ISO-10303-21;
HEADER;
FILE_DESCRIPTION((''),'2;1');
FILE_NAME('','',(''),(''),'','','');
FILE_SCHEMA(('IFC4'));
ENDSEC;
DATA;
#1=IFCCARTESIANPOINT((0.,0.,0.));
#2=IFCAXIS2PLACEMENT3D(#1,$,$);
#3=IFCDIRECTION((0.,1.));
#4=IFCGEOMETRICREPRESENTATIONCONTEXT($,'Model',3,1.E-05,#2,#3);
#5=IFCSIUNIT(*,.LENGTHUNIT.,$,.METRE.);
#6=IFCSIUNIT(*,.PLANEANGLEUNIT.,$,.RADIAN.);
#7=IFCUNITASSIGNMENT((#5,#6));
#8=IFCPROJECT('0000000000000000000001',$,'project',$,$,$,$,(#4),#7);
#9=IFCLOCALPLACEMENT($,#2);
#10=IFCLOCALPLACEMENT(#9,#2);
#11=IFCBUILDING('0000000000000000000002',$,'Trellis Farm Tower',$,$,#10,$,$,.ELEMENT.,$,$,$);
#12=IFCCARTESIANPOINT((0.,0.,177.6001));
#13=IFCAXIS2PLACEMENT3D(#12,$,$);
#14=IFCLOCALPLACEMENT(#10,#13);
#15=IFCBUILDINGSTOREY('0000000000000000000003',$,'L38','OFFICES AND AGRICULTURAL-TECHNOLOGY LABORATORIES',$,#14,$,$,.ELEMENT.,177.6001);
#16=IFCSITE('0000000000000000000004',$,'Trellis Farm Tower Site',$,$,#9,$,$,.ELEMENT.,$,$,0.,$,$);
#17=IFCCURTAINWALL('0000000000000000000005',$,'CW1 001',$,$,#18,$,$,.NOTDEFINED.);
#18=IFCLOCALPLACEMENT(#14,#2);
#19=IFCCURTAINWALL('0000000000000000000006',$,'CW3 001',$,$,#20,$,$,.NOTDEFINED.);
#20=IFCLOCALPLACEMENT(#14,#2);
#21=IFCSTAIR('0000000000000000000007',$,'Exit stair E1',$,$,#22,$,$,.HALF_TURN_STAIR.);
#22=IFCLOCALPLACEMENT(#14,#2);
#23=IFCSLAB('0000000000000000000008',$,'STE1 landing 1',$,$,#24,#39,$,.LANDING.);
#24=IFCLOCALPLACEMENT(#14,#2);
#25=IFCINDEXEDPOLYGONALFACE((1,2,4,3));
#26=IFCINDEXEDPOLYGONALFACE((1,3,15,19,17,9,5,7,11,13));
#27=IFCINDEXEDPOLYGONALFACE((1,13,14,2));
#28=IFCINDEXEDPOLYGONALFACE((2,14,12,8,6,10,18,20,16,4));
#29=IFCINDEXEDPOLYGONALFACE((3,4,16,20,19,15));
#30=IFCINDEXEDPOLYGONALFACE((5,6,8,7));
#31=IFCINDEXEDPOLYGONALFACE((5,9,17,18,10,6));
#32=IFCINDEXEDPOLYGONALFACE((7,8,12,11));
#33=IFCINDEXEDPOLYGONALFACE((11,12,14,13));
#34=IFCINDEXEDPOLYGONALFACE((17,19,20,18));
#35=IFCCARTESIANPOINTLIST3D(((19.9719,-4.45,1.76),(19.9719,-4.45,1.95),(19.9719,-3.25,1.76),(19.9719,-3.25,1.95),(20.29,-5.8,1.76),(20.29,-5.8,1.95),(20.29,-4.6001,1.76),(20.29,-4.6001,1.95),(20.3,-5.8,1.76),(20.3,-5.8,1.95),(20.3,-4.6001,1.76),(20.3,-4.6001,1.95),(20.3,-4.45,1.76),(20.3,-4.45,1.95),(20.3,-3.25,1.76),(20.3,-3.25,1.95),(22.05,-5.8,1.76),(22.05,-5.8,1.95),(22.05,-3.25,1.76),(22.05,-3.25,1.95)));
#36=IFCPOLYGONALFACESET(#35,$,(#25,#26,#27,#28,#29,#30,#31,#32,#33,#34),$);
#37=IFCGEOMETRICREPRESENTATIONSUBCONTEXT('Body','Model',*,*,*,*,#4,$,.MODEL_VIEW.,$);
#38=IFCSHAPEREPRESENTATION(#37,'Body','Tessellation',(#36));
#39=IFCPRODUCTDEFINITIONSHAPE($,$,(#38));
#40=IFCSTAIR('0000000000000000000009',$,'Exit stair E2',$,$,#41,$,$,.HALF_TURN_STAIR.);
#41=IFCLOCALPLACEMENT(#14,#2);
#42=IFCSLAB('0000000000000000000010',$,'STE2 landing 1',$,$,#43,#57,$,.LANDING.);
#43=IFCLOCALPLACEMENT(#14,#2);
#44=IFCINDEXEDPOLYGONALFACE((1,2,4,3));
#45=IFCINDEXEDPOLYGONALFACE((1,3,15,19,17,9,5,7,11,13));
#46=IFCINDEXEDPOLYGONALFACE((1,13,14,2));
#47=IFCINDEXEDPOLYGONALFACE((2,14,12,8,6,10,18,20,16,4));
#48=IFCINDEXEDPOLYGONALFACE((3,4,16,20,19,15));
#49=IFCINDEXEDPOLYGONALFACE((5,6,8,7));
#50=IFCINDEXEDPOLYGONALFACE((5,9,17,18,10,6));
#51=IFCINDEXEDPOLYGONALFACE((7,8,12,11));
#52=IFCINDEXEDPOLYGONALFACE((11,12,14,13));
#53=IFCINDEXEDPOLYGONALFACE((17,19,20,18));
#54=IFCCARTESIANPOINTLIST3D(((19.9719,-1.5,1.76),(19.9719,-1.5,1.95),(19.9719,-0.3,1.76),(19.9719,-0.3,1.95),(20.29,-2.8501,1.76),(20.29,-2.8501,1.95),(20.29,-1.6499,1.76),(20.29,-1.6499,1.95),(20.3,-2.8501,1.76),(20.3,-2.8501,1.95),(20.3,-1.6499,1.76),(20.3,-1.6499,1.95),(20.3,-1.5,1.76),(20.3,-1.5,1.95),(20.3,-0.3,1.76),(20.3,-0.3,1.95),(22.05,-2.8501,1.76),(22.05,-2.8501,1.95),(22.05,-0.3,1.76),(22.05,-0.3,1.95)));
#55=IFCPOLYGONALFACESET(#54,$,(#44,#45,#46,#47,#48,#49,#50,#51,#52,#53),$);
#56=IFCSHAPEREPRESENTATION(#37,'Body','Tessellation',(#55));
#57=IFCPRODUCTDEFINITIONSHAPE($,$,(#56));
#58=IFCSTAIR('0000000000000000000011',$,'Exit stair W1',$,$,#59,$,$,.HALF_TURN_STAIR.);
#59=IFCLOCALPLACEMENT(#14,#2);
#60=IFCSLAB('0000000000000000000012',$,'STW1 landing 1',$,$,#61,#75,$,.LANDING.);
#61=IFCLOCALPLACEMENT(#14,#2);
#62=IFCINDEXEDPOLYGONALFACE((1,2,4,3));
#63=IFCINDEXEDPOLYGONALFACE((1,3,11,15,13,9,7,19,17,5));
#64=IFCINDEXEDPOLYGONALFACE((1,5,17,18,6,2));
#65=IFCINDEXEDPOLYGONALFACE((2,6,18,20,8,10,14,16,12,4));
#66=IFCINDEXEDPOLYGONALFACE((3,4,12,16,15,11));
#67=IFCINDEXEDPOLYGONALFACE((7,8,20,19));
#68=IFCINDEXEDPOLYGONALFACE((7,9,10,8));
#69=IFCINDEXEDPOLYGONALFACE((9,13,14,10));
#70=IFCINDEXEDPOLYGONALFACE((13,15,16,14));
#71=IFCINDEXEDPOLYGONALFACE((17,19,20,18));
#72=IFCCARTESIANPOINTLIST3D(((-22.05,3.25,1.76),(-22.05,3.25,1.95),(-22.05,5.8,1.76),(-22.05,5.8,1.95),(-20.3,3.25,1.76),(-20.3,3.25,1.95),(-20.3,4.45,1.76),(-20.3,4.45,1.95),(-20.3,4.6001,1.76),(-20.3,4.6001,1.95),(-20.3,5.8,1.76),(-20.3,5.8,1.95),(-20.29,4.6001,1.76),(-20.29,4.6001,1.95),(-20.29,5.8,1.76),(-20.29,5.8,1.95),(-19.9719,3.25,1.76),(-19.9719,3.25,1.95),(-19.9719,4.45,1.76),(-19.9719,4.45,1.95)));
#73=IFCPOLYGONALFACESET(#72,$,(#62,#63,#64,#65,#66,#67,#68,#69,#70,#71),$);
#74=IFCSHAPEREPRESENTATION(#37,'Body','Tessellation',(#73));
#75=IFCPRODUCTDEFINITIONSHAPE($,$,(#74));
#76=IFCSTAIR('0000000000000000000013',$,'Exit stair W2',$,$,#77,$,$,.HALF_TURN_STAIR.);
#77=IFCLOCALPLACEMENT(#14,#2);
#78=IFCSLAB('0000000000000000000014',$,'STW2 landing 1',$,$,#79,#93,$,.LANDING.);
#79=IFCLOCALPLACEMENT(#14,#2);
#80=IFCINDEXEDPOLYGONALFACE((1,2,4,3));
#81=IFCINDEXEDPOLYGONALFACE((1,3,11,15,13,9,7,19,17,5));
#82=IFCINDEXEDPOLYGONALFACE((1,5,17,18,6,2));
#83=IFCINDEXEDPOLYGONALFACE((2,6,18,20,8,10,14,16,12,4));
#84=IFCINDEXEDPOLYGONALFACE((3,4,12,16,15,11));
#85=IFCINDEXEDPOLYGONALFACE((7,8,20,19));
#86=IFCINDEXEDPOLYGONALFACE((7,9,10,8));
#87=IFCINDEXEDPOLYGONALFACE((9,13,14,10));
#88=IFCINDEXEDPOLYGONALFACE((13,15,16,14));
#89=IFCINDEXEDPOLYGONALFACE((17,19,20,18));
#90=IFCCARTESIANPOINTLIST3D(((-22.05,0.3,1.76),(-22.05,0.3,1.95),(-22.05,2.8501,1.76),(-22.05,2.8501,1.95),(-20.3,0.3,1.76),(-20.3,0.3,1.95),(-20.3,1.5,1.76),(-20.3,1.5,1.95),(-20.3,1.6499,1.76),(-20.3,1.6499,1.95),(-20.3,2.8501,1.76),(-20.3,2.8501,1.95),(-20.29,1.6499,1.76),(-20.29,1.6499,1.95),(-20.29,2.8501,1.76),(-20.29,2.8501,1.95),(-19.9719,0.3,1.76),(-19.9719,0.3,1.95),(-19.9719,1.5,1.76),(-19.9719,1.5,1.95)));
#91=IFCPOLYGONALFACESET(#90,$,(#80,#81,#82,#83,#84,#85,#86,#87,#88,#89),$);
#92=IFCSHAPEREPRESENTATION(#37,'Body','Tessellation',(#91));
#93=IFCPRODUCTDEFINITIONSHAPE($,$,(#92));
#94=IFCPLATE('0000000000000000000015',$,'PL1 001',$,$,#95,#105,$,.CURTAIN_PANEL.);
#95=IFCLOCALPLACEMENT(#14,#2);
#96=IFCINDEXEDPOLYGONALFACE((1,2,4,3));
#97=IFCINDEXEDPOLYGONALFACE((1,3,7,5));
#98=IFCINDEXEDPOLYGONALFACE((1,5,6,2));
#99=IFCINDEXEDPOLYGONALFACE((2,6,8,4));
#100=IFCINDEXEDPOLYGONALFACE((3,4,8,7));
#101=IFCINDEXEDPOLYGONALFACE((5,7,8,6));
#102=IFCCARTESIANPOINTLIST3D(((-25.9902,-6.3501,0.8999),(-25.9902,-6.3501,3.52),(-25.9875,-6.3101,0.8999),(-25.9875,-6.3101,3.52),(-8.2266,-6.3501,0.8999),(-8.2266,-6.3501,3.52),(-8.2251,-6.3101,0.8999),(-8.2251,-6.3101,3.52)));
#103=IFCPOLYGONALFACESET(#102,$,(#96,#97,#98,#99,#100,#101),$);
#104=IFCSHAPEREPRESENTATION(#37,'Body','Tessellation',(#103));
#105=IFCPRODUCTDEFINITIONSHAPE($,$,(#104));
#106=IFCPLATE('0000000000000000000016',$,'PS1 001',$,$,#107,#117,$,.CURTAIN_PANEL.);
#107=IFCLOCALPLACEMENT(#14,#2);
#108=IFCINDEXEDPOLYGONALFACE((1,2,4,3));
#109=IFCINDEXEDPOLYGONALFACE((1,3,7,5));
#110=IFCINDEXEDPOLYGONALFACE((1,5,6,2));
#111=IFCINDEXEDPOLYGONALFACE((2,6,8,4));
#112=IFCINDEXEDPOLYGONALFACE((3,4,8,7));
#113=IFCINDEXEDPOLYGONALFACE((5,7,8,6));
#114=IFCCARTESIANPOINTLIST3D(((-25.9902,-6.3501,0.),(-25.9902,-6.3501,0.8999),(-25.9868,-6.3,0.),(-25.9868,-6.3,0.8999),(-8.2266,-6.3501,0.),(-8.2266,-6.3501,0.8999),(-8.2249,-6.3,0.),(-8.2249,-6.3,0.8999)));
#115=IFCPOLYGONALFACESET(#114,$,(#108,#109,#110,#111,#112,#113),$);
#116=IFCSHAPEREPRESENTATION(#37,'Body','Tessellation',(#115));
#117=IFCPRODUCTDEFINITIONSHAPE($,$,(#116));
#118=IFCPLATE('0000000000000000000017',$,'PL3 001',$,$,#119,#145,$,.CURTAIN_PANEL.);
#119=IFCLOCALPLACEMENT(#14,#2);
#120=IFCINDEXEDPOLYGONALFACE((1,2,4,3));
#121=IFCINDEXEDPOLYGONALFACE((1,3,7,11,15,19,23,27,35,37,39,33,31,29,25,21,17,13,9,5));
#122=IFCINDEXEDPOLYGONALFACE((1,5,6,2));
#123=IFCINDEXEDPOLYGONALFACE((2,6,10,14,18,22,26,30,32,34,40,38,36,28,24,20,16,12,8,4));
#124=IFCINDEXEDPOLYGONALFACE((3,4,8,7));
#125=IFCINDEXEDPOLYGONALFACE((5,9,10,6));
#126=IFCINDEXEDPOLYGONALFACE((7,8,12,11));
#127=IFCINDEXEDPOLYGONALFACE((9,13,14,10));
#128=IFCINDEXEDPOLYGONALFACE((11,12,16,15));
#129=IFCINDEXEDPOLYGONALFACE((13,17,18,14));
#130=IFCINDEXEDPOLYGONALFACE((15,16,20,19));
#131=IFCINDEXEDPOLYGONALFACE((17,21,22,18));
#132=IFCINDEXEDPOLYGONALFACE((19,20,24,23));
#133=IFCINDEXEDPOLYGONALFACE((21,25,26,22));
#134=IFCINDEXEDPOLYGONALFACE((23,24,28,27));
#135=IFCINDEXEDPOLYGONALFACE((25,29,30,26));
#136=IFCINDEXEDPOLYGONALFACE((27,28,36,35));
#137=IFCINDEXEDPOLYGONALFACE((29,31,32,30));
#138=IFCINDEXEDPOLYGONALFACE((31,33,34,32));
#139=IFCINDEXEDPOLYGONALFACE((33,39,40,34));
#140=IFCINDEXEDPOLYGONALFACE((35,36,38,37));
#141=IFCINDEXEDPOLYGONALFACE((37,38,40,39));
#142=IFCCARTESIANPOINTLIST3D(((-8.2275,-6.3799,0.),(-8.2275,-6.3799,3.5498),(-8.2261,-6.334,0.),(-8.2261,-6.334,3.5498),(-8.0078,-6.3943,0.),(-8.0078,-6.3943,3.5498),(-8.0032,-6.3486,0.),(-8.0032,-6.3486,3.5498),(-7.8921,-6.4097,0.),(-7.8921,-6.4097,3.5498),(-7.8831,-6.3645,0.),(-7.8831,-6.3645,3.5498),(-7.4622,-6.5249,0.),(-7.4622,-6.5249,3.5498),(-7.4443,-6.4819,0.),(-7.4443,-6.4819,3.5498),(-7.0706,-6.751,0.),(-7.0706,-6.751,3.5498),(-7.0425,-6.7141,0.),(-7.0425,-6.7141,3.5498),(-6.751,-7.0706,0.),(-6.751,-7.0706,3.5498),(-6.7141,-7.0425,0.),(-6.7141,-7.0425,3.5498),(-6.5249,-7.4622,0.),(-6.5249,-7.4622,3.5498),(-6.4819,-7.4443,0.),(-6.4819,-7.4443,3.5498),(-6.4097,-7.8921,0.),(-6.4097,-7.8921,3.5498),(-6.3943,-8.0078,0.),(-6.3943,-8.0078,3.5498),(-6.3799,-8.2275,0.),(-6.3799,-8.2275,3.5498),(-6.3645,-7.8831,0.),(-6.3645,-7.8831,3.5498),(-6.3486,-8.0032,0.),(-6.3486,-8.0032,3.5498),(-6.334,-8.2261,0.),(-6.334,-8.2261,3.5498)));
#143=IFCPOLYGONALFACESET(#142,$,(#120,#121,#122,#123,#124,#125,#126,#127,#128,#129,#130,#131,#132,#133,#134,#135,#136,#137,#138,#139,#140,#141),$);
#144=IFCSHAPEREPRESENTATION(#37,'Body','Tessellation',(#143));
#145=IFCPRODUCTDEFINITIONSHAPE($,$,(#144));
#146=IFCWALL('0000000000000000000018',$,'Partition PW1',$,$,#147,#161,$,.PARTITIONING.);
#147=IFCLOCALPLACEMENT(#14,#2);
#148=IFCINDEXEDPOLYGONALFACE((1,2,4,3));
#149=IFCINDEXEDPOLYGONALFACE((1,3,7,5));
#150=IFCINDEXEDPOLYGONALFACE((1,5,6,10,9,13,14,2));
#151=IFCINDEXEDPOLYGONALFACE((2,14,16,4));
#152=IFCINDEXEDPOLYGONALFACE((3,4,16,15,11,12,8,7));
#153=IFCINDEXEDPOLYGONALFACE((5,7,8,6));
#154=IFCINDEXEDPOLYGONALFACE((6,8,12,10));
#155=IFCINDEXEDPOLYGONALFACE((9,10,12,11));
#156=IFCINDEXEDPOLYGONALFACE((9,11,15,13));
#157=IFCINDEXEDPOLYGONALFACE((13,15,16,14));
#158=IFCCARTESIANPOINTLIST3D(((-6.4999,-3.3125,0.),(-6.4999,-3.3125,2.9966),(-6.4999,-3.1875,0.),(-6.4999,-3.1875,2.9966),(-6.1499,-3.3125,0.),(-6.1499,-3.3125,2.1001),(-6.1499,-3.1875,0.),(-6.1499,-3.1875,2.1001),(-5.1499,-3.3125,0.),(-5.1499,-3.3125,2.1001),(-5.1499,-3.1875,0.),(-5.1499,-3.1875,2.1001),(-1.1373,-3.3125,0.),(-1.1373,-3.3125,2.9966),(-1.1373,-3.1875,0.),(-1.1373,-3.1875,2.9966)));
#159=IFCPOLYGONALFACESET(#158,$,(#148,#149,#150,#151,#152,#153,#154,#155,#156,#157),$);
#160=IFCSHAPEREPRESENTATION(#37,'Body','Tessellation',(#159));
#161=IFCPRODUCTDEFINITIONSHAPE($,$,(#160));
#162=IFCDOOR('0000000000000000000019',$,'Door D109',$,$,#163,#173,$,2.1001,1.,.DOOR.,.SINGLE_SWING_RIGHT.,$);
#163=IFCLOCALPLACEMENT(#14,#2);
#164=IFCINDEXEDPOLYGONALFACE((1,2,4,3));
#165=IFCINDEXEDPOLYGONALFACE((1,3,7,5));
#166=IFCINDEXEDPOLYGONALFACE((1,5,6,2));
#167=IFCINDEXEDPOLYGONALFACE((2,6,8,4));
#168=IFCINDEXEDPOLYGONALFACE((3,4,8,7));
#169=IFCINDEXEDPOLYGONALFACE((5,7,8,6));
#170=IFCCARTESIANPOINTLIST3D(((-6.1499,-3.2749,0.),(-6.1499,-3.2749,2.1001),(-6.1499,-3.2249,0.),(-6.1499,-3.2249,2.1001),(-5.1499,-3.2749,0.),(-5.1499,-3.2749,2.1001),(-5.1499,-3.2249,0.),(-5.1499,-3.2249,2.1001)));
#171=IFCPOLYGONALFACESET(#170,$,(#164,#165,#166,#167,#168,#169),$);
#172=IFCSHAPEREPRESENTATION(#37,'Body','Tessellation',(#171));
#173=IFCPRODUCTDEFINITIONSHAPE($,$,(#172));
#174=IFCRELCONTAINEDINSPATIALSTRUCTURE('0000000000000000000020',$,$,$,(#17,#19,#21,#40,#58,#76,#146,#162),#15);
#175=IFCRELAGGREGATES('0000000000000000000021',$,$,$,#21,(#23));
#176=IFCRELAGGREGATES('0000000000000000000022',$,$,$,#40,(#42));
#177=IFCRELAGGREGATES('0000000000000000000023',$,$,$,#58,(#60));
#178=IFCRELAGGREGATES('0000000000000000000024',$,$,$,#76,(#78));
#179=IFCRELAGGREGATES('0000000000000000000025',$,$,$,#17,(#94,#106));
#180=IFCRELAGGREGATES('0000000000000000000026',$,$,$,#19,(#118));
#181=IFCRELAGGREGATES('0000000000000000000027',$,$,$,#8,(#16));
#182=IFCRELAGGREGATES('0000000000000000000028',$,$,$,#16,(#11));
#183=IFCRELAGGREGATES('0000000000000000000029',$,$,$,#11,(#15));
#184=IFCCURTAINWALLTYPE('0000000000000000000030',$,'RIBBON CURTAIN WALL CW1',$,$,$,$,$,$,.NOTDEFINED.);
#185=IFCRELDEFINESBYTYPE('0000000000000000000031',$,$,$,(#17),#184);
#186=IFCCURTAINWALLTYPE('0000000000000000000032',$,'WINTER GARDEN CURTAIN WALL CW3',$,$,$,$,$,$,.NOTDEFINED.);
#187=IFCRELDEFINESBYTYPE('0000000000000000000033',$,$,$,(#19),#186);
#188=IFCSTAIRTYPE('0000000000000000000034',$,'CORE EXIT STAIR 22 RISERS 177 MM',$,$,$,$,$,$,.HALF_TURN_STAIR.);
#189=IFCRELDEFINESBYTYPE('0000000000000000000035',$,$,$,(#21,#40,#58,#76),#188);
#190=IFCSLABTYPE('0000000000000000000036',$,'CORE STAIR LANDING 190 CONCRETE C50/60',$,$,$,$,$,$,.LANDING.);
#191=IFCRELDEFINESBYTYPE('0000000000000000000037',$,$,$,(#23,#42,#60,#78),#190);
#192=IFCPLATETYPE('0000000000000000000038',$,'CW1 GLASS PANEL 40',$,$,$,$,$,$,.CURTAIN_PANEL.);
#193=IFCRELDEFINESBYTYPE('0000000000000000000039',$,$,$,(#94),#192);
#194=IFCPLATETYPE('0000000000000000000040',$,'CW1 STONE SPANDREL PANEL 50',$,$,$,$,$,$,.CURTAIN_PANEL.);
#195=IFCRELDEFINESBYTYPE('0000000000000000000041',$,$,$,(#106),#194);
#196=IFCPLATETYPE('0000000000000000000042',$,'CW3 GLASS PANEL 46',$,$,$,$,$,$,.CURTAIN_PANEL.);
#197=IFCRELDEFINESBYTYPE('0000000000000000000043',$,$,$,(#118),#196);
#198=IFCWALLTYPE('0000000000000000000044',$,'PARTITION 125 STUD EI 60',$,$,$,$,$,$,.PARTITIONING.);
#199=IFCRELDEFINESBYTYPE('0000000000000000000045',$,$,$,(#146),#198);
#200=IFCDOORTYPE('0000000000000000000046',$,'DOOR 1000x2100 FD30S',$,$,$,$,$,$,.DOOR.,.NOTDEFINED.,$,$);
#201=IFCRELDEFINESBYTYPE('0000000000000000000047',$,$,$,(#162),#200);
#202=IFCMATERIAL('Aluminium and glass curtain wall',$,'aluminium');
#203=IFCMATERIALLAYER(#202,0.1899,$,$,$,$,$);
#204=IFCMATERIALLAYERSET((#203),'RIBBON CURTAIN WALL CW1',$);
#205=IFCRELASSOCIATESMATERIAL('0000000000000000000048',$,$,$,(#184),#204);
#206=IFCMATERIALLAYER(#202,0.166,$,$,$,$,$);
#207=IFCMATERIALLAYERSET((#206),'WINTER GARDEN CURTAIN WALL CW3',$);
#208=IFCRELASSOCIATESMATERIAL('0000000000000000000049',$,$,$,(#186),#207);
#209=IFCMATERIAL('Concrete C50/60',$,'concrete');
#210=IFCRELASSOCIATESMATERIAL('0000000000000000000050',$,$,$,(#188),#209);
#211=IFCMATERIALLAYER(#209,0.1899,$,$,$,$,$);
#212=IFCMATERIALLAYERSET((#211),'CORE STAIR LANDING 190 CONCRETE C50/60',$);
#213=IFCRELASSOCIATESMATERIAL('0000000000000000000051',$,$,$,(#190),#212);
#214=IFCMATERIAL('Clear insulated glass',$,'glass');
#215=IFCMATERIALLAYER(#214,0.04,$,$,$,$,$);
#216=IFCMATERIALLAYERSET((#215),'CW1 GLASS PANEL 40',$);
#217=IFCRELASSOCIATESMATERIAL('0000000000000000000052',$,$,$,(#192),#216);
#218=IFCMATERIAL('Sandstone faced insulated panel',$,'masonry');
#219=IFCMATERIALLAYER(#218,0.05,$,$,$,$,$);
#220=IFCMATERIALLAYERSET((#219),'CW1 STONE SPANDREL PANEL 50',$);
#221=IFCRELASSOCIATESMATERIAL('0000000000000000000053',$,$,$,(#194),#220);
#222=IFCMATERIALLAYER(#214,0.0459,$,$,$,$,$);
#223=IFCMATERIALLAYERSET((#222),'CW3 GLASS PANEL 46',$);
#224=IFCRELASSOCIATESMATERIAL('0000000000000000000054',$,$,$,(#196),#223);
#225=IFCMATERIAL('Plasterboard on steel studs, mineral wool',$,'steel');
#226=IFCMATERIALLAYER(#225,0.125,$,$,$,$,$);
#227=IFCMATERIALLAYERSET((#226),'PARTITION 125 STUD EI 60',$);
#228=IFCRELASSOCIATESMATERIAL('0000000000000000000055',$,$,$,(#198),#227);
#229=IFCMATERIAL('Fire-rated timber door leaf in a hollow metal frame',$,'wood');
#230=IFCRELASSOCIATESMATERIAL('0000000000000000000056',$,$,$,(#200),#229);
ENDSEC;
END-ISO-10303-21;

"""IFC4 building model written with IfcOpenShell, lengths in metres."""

from ifc_helpers import new_model, si_unit, direction, frame, frame_2d, origin, place, context, subcontext, project, spatial, polyline, rectangle, outline, extrude, source, transform, mapped, material, layer, layer_set, type_object, element, fill, aggregate, save


model = new_model("IFC4")

# Units and contexts
model_context = context("Model", 3, precision=1e-05, world=origin(), true_north=direction((0.0, 1.0)))
body_context = subcontext(model_context, "Body", "Model", "MODEL_VIEW")
ifc_project = project(units=[si_unit("LENGTHUNIT", "METRE"), si_unit("PLANEANGLEUNIT", "RADIAN")], contexts=[model_context])

# Site, building, storey
site_placement = place(None, origin())
site = spatial("IfcSite", under=ifc_project, at=site_placement, Name="Trellis Farm Tower Site", CompositionType="ELEMENT", RefElevation=0.0)
building_placement = place(site_placement, origin())
building = spatial("IfcBuilding", under=site, at=building_placement, Name="Trellis Farm Tower", CompositionType="ELEMENT")
storey_placement = place(building_placement, frame((0.0, 0.0, 177.6001)))
storey = spatial("IfcBuildingStorey", under=building, at=storey_placement, Name="L38", Description="OFFICES AND AGRICULTURAL-TECHNOLOGY LABORATORIES", CompositionType="ELEMENT", Elevation=177.6001)

# Curtain walls
ifc_material_1 = material(Name="Aluminium and glass curtain wall", Category="aluminium")
ifc_layer_1 = layer(ifc_material_1, 0.1899)
ifc_layer_set_1 = layer_set([ifc_layer_1], Name="RIBBON CURTAIN WALL CW1")
curtain_wall_type_1 = type_object("IfcCurtainWallType", Name="RIBBON CURTAIN WALL CW1", PredefinedType="NOTDEFINED", material=ifc_layer_set_1)
placement_1 = place(storey_placement, origin())
curtain_wall_1 = element("IfcCurtainWall", 1, at=placement_1, inside=storey, type_object=curtain_wall_type_1, Name="CW1 001", PredefinedType="NOTDEFINED")
ifc_layer_2 = layer(ifc_material_1, 0.166)
ifc_layer_set_2 = layer_set([ifc_layer_2], Name="WINTER GARDEN CURTAIN WALL CW3")
curtain_wall_type_2 = type_object("IfcCurtainWallType", Name="WINTER GARDEN CURTAIN WALL CW3", PredefinedType="NOTDEFINED", material=ifc_layer_set_2)
curtain_wall_2 = element("IfcCurtainWall", 2, at=placement_1, inside=storey, type_object=curtain_wall_type_2, Name="CW3 001", PredefinedType="NOTDEFINED")

# Stairs, slabs
ifc_material_2 = material(Name="Concrete C50/60", Category="concrete")
stair_type = type_object("IfcStairType", Name="CORE EXIT STAIR 22 RISERS 177 MM", PredefinedType="HALF_TURN_STAIR", material=ifc_material_2)
ifc_layer_3 = layer(ifc_material_2, 0.1899)
ifc_layer_set_3 = layer_set([ifc_layer_3], Name="CORE STAIR LANDING 190 CONCRETE C50/60")
slab_type_1 = type_object("IfcSlabType", Name="CORE STAIR LANDING 190 CONCRETE C50/60", PredefinedType="LANDING", material=ifc_layer_set_3)
placement_2 = place(storey_placement, frame((0.0, 0.0, 1.76)))
stair_1 = element("IfcStair", 3, at=placement_1, inside=storey, type_object=stair_type, Name="Exit stair E1", PredefinedType="HALF_TURN_STAIR")
shared_shape_1 = source(origin(), body_context, "Body", "SweptSolid", [
    extrude(outline(polyline([(20.29, -5.8), (20.29, -4.6001), (20.3, -4.6001), (20.3, -4.45), (19.9719, -4.45), (19.9719, -3.25), (20.3, -3.25), (22.05, -3.25), (22.05, -5.8), (20.3, -5.8), (20.29, -5.8)])), origin(), (0.0, 0.0, 1.0), 0.1899),
])
slab_1 = element("IfcSlab", 4, at=placement_2, type_object=slab_type_1, Name="STE1 landing 1", PredefinedType="LANDING", context=body_context, shape_type="MappedRepresentation", body=[
    mapped(shared_shape_1, transform((0.0, 0.0, 0.0))),
])
aggregate(stair_1, [slab_1])
stair_2 = element("IfcStair", 5, at=placement_1, inside=storey, type_object=stair_type, Name="Exit stair E2", PredefinedType="HALF_TURN_STAIR")
shared_shape_2 = source(origin(), body_context, "Body", "SweptSolid", [
    extrude(outline(polyline([(20.29, -2.8501), (20.29, -1.6499), (20.3, -1.6499), (20.3, -1.5), (19.9719, -1.5), (19.9719, -0.3), (20.3, -0.3), (22.05, -0.3), (22.05, -2.8501), (20.3, -2.8501), (20.29, -2.8501)])), origin(), (0.0, 0.0, 1.0), 0.1899),
])
slab_2 = element("IfcSlab", 6, at=placement_2, type_object=slab_type_1, Name="STE2 landing 1", PredefinedType="LANDING", context=body_context, shape_type="MappedRepresentation", body=[
    mapped(shared_shape_2, transform((0.0, 0.0, 0.0))),
])
aggregate(stair_2, [slab_2])
stair_3 = element("IfcStair", 7, at=placement_1, inside=storey, type_object=stair_type, Name="Exit stair W1", PredefinedType="HALF_TURN_STAIR")
shared_shape_3 = source(origin(), body_context, "Body", "SweptSolid", [
    extrude(outline(polyline([(-19.9719, 4.45), (-19.9719, 3.25), (-20.3, 3.25), (-22.05, 3.25), (-22.05, 5.8), (-20.3, 5.8), (-20.29, 5.8), (-20.29, 4.6001), (-20.3, 4.6001), (-20.3, 4.45), (-19.9719, 4.45)])), origin(), (0.0, 0.0, 1.0), 0.1899),
])
slab_3 = element("IfcSlab", 8, at=placement_2, type_object=slab_type_1, Name="STW1 landing 1", PredefinedType="LANDING", context=body_context, shape_type="MappedRepresentation", body=[
    mapped(shared_shape_3, transform((0.0, 0.0, 0.0))),
])
aggregate(stair_3, [slab_3])
stair_4 = element("IfcStair", 9, at=placement_1, inside=storey, type_object=stair_type, Name="Exit stair W2", PredefinedType="HALF_TURN_STAIR")
shared_shape_4 = source(origin(), body_context, "Body", "SweptSolid", [
    extrude(outline(polyline([(-19.9719, 1.5), (-19.9719, 0.3), (-20.3, 0.3), (-22.05, 0.3), (-22.05, 2.8501), (-20.3, 2.8501), (-20.29, 2.8501), (-20.29, 1.6499), (-20.3, 1.6499), (-20.3, 1.5), (-19.9719, 1.5)])), origin(), (0.0, 0.0, 1.0), 0.1899),
])
slab_4 = element("IfcSlab", 10, at=placement_2, type_object=slab_type_1, Name="STW2 landing 1", PredefinedType="LANDING", context=body_context, shape_type="MappedRepresentation", body=[
    mapped(shared_shape_4, transform((0.0, 0.0, 0.0))),
])
aggregate(stair_4, [slab_4])

# Plates
ifc_material_3 = material(Name="Clear insulated glass", Category="glass")
ifc_layer_4 = layer(ifc_material_3, 0.04)
ifc_layer_set_4 = layer_set([ifc_layer_4], Name="CW1 GLASS PANEL 40")
plate_type_1 = type_object("IfcPlateType", Name="CW1 GLASS PANEL 40", PredefinedType="CURTAIN_PANEL", material=ifc_layer_set_4)
shared_shape_5 = source(origin(), body_context, "Body", "SweptSolid", [
    extrude(outline(polyline([(-25.9902, -6.3501), (-8.2266, -6.3501), (-8.2251, -6.3101), (-25.9875, -6.3101), (-25.9902, -6.3501)])), origin(), (0.0, 0.0, 1.0), 2.6201),
])
plate_1_placement = place(storey_placement, frame((0.0, 0.0, 0.8999)))
plate_1 = element("IfcPlate", 11, at=plate_1_placement, type_object=plate_type_1, Name="PL1 001", PredefinedType="CURTAIN_PANEL", context=body_context, shape_type="MappedRepresentation", body=[
    mapped(shared_shape_5, transform((0.0, 0.0, 0.0))),
])
ifc_material_4 = material(Name="Sandstone faced insulated panel", Category="masonry")
ifc_layer_5 = layer(ifc_material_4, 0.05)
ifc_layer_set_5 = layer_set([ifc_layer_5], Name="CW1 STONE SPANDREL PANEL 50")
plate_type_2 = type_object("IfcPlateType", Name="CW1 STONE SPANDREL PANEL 50", PredefinedType="CURTAIN_PANEL", material=ifc_layer_set_5)
shared_shape_6 = source(origin(), body_context, "Body", "SweptSolid", [
    extrude(outline(polyline([(-25.9902, -6.3501), (-8.2266, -6.3501), (-8.2249, -6.3), (-25.9868, -6.3), (-25.9902, -6.3501)])), origin(), (0.0, 0.0, 1.0), 0.8999),
])
plate_2 = element("IfcPlate", 12, at=placement_1, type_object=plate_type_2, Name="PS1 001", PredefinedType="CURTAIN_PANEL", context=body_context, shape_type="MappedRepresentation", body=[
    mapped(shared_shape_6, transform((0.0, 0.0, 0.0))),
])
aggregate(curtain_wall_1, [plate_1, plate_2])
ifc_layer_6 = layer(ifc_material_3, 0.0459)
ifc_layer_set_6 = layer_set([ifc_layer_6], Name="CW3 GLASS PANEL 46")
plate_type_3 = type_object("IfcPlateType", Name="CW3 GLASS PANEL 46", PredefinedType="CURTAIN_PANEL", material=ifc_layer_set_6)
shared_shape_7 = source(origin(), body_context, "Body", "SweptSolid", [
    extrude(outline(polyline([(-8.2275, -6.3799), (-8.0078, -6.3943), (-7.8921, -6.4097), (-7.4622, -6.5249), (-7.0706, -6.751), (-6.751, -7.0706), (-6.5249, -7.4622), (-6.4097, -7.8921), (-6.3943, -8.0078), (-6.3799, -8.2275), (-6.334, -8.2261), (-6.3486, -8.0032), (-6.3645, -7.8831), (-6.4819, -7.4443), (-6.7141, -7.0425), (-7.0425, -6.7141), (-7.4443, -6.4819), (-7.8831, -6.3645), (-8.0032, -6.3486), (-8.2261, -6.334), (-8.2275, -6.3799)])), origin(), (0.0, 0.0, 1.0), 3.5498),
])
plate_3 = element("IfcPlate", 13, at=placement_1, type_object=plate_type_3, Name="PL3 001", PredefinedType="CURTAIN_PANEL", context=body_context, shape_type="MappedRepresentation", body=[
    mapped(shared_shape_7, transform((0.0, 0.0, 0.0))),
])
aggregate(curtain_wall_2, [plate_3])

# Wall, opening, door
ifc_material_5 = material(Name="Plasterboard on steel studs, mineral wool", Category="steel")
ifc_layer_7 = layer(ifc_material_5, 0.125)
ifc_layer_set_7 = layer_set([ifc_layer_7], Name="PARTITION 125 STUD EI 60")
wall_type = type_object("IfcWallType", Name="PARTITION 125 STUD EI 60", PredefinedType="PARTITIONING", material=ifc_layer_set_7)
shared_shape_8 = source(origin(), body_context, "Body", "SweptSolid", [
    extrude(rectangle(XDim=5.3625, YDim=0.125, at=frame_2d((2.6812, 0.0))), origin(), (0.0, 0.0, 1.0), 2.9966),
])
wall_1_placement = place(storey_placement, frame((-1.1375, -3.25, 0.0), z_axis=(0.0, 0.0, 1.0), x_axis=(-1.0, 0.0, 0.0)))
wall_1 = element("IfcWall", 14, at=wall_1_placement, inside=storey, type_object=wall_type, Name="Partition PW1", PredefinedType="PARTITIONING", context=body_context, shape_type="MappedRepresentation", body=[
    mapped(shared_shape_8, transform((0.0, 0.0, 0.0))),
])
shared_shape_9 = source(origin(), body_context, "Body", "SweptSolid", [
    extrude(rectangle(XDim=1.0, YDim=2.1001, at=frame_2d((0.5, 1.05))), frame((0.0, 0.0725, 0.0), z_axis=(0.0, -1.0, 0.0), x_axis=(1.0, 0.0, 0.0)), (0.0, 0.0, 1.0), 0.145),
])
opening_placement = place(wall_1_placement, frame((4.0125, 0.0, 0.0)))
opening = element("IfcOpeningElement", 15, at=opening_placement, cuts=wall_1, PredefinedType="OPENING", context=body_context, shape_type="MappedRepresentation", body=[
    mapped(shared_shape_9, transform((0.0, 0.0, 0.0))),
])
ifc_material_6 = material(Name="Fire-rated timber door leaf in a hollow metal frame", Category="wood")
door_type = type_object("IfcDoorType", Name="DOOR 1000x2100 FD30S", OperationType="NOTDEFINED", PredefinedType="DOOR", material=ifc_material_6)
shared_shape_10 = source(origin(), body_context, "Body", "SweptSolid", [
    extrude(rectangle(XDim=1.0, YDim=2.1001, at=frame_2d((0.5, 1.05))), frame((0.0, 0.0249, 0.0), z_axis=(0.0, -1.0, 0.0), x_axis=(1.0, 0.0, 0.0)), (0.0, 0.0, 1.0), 0.05),
])
door_placement = place(opening_placement, origin())
door = element("IfcDoor", 16, at=door_placement, inside=storey, type_object=door_type, Name="Door D109", OperationType="SINGLE_SWING_RIGHT", OverallHeight=2.1001, OverallWidth=1.0, PredefinedType="DOOR", context=body_context, shape_type="MappedRepresentation", body=[
    mapped(shared_shape_10, transform((0.0, 0.0, 0.0))),
])
fill(opening, door)

save(model, "model.ifc")
